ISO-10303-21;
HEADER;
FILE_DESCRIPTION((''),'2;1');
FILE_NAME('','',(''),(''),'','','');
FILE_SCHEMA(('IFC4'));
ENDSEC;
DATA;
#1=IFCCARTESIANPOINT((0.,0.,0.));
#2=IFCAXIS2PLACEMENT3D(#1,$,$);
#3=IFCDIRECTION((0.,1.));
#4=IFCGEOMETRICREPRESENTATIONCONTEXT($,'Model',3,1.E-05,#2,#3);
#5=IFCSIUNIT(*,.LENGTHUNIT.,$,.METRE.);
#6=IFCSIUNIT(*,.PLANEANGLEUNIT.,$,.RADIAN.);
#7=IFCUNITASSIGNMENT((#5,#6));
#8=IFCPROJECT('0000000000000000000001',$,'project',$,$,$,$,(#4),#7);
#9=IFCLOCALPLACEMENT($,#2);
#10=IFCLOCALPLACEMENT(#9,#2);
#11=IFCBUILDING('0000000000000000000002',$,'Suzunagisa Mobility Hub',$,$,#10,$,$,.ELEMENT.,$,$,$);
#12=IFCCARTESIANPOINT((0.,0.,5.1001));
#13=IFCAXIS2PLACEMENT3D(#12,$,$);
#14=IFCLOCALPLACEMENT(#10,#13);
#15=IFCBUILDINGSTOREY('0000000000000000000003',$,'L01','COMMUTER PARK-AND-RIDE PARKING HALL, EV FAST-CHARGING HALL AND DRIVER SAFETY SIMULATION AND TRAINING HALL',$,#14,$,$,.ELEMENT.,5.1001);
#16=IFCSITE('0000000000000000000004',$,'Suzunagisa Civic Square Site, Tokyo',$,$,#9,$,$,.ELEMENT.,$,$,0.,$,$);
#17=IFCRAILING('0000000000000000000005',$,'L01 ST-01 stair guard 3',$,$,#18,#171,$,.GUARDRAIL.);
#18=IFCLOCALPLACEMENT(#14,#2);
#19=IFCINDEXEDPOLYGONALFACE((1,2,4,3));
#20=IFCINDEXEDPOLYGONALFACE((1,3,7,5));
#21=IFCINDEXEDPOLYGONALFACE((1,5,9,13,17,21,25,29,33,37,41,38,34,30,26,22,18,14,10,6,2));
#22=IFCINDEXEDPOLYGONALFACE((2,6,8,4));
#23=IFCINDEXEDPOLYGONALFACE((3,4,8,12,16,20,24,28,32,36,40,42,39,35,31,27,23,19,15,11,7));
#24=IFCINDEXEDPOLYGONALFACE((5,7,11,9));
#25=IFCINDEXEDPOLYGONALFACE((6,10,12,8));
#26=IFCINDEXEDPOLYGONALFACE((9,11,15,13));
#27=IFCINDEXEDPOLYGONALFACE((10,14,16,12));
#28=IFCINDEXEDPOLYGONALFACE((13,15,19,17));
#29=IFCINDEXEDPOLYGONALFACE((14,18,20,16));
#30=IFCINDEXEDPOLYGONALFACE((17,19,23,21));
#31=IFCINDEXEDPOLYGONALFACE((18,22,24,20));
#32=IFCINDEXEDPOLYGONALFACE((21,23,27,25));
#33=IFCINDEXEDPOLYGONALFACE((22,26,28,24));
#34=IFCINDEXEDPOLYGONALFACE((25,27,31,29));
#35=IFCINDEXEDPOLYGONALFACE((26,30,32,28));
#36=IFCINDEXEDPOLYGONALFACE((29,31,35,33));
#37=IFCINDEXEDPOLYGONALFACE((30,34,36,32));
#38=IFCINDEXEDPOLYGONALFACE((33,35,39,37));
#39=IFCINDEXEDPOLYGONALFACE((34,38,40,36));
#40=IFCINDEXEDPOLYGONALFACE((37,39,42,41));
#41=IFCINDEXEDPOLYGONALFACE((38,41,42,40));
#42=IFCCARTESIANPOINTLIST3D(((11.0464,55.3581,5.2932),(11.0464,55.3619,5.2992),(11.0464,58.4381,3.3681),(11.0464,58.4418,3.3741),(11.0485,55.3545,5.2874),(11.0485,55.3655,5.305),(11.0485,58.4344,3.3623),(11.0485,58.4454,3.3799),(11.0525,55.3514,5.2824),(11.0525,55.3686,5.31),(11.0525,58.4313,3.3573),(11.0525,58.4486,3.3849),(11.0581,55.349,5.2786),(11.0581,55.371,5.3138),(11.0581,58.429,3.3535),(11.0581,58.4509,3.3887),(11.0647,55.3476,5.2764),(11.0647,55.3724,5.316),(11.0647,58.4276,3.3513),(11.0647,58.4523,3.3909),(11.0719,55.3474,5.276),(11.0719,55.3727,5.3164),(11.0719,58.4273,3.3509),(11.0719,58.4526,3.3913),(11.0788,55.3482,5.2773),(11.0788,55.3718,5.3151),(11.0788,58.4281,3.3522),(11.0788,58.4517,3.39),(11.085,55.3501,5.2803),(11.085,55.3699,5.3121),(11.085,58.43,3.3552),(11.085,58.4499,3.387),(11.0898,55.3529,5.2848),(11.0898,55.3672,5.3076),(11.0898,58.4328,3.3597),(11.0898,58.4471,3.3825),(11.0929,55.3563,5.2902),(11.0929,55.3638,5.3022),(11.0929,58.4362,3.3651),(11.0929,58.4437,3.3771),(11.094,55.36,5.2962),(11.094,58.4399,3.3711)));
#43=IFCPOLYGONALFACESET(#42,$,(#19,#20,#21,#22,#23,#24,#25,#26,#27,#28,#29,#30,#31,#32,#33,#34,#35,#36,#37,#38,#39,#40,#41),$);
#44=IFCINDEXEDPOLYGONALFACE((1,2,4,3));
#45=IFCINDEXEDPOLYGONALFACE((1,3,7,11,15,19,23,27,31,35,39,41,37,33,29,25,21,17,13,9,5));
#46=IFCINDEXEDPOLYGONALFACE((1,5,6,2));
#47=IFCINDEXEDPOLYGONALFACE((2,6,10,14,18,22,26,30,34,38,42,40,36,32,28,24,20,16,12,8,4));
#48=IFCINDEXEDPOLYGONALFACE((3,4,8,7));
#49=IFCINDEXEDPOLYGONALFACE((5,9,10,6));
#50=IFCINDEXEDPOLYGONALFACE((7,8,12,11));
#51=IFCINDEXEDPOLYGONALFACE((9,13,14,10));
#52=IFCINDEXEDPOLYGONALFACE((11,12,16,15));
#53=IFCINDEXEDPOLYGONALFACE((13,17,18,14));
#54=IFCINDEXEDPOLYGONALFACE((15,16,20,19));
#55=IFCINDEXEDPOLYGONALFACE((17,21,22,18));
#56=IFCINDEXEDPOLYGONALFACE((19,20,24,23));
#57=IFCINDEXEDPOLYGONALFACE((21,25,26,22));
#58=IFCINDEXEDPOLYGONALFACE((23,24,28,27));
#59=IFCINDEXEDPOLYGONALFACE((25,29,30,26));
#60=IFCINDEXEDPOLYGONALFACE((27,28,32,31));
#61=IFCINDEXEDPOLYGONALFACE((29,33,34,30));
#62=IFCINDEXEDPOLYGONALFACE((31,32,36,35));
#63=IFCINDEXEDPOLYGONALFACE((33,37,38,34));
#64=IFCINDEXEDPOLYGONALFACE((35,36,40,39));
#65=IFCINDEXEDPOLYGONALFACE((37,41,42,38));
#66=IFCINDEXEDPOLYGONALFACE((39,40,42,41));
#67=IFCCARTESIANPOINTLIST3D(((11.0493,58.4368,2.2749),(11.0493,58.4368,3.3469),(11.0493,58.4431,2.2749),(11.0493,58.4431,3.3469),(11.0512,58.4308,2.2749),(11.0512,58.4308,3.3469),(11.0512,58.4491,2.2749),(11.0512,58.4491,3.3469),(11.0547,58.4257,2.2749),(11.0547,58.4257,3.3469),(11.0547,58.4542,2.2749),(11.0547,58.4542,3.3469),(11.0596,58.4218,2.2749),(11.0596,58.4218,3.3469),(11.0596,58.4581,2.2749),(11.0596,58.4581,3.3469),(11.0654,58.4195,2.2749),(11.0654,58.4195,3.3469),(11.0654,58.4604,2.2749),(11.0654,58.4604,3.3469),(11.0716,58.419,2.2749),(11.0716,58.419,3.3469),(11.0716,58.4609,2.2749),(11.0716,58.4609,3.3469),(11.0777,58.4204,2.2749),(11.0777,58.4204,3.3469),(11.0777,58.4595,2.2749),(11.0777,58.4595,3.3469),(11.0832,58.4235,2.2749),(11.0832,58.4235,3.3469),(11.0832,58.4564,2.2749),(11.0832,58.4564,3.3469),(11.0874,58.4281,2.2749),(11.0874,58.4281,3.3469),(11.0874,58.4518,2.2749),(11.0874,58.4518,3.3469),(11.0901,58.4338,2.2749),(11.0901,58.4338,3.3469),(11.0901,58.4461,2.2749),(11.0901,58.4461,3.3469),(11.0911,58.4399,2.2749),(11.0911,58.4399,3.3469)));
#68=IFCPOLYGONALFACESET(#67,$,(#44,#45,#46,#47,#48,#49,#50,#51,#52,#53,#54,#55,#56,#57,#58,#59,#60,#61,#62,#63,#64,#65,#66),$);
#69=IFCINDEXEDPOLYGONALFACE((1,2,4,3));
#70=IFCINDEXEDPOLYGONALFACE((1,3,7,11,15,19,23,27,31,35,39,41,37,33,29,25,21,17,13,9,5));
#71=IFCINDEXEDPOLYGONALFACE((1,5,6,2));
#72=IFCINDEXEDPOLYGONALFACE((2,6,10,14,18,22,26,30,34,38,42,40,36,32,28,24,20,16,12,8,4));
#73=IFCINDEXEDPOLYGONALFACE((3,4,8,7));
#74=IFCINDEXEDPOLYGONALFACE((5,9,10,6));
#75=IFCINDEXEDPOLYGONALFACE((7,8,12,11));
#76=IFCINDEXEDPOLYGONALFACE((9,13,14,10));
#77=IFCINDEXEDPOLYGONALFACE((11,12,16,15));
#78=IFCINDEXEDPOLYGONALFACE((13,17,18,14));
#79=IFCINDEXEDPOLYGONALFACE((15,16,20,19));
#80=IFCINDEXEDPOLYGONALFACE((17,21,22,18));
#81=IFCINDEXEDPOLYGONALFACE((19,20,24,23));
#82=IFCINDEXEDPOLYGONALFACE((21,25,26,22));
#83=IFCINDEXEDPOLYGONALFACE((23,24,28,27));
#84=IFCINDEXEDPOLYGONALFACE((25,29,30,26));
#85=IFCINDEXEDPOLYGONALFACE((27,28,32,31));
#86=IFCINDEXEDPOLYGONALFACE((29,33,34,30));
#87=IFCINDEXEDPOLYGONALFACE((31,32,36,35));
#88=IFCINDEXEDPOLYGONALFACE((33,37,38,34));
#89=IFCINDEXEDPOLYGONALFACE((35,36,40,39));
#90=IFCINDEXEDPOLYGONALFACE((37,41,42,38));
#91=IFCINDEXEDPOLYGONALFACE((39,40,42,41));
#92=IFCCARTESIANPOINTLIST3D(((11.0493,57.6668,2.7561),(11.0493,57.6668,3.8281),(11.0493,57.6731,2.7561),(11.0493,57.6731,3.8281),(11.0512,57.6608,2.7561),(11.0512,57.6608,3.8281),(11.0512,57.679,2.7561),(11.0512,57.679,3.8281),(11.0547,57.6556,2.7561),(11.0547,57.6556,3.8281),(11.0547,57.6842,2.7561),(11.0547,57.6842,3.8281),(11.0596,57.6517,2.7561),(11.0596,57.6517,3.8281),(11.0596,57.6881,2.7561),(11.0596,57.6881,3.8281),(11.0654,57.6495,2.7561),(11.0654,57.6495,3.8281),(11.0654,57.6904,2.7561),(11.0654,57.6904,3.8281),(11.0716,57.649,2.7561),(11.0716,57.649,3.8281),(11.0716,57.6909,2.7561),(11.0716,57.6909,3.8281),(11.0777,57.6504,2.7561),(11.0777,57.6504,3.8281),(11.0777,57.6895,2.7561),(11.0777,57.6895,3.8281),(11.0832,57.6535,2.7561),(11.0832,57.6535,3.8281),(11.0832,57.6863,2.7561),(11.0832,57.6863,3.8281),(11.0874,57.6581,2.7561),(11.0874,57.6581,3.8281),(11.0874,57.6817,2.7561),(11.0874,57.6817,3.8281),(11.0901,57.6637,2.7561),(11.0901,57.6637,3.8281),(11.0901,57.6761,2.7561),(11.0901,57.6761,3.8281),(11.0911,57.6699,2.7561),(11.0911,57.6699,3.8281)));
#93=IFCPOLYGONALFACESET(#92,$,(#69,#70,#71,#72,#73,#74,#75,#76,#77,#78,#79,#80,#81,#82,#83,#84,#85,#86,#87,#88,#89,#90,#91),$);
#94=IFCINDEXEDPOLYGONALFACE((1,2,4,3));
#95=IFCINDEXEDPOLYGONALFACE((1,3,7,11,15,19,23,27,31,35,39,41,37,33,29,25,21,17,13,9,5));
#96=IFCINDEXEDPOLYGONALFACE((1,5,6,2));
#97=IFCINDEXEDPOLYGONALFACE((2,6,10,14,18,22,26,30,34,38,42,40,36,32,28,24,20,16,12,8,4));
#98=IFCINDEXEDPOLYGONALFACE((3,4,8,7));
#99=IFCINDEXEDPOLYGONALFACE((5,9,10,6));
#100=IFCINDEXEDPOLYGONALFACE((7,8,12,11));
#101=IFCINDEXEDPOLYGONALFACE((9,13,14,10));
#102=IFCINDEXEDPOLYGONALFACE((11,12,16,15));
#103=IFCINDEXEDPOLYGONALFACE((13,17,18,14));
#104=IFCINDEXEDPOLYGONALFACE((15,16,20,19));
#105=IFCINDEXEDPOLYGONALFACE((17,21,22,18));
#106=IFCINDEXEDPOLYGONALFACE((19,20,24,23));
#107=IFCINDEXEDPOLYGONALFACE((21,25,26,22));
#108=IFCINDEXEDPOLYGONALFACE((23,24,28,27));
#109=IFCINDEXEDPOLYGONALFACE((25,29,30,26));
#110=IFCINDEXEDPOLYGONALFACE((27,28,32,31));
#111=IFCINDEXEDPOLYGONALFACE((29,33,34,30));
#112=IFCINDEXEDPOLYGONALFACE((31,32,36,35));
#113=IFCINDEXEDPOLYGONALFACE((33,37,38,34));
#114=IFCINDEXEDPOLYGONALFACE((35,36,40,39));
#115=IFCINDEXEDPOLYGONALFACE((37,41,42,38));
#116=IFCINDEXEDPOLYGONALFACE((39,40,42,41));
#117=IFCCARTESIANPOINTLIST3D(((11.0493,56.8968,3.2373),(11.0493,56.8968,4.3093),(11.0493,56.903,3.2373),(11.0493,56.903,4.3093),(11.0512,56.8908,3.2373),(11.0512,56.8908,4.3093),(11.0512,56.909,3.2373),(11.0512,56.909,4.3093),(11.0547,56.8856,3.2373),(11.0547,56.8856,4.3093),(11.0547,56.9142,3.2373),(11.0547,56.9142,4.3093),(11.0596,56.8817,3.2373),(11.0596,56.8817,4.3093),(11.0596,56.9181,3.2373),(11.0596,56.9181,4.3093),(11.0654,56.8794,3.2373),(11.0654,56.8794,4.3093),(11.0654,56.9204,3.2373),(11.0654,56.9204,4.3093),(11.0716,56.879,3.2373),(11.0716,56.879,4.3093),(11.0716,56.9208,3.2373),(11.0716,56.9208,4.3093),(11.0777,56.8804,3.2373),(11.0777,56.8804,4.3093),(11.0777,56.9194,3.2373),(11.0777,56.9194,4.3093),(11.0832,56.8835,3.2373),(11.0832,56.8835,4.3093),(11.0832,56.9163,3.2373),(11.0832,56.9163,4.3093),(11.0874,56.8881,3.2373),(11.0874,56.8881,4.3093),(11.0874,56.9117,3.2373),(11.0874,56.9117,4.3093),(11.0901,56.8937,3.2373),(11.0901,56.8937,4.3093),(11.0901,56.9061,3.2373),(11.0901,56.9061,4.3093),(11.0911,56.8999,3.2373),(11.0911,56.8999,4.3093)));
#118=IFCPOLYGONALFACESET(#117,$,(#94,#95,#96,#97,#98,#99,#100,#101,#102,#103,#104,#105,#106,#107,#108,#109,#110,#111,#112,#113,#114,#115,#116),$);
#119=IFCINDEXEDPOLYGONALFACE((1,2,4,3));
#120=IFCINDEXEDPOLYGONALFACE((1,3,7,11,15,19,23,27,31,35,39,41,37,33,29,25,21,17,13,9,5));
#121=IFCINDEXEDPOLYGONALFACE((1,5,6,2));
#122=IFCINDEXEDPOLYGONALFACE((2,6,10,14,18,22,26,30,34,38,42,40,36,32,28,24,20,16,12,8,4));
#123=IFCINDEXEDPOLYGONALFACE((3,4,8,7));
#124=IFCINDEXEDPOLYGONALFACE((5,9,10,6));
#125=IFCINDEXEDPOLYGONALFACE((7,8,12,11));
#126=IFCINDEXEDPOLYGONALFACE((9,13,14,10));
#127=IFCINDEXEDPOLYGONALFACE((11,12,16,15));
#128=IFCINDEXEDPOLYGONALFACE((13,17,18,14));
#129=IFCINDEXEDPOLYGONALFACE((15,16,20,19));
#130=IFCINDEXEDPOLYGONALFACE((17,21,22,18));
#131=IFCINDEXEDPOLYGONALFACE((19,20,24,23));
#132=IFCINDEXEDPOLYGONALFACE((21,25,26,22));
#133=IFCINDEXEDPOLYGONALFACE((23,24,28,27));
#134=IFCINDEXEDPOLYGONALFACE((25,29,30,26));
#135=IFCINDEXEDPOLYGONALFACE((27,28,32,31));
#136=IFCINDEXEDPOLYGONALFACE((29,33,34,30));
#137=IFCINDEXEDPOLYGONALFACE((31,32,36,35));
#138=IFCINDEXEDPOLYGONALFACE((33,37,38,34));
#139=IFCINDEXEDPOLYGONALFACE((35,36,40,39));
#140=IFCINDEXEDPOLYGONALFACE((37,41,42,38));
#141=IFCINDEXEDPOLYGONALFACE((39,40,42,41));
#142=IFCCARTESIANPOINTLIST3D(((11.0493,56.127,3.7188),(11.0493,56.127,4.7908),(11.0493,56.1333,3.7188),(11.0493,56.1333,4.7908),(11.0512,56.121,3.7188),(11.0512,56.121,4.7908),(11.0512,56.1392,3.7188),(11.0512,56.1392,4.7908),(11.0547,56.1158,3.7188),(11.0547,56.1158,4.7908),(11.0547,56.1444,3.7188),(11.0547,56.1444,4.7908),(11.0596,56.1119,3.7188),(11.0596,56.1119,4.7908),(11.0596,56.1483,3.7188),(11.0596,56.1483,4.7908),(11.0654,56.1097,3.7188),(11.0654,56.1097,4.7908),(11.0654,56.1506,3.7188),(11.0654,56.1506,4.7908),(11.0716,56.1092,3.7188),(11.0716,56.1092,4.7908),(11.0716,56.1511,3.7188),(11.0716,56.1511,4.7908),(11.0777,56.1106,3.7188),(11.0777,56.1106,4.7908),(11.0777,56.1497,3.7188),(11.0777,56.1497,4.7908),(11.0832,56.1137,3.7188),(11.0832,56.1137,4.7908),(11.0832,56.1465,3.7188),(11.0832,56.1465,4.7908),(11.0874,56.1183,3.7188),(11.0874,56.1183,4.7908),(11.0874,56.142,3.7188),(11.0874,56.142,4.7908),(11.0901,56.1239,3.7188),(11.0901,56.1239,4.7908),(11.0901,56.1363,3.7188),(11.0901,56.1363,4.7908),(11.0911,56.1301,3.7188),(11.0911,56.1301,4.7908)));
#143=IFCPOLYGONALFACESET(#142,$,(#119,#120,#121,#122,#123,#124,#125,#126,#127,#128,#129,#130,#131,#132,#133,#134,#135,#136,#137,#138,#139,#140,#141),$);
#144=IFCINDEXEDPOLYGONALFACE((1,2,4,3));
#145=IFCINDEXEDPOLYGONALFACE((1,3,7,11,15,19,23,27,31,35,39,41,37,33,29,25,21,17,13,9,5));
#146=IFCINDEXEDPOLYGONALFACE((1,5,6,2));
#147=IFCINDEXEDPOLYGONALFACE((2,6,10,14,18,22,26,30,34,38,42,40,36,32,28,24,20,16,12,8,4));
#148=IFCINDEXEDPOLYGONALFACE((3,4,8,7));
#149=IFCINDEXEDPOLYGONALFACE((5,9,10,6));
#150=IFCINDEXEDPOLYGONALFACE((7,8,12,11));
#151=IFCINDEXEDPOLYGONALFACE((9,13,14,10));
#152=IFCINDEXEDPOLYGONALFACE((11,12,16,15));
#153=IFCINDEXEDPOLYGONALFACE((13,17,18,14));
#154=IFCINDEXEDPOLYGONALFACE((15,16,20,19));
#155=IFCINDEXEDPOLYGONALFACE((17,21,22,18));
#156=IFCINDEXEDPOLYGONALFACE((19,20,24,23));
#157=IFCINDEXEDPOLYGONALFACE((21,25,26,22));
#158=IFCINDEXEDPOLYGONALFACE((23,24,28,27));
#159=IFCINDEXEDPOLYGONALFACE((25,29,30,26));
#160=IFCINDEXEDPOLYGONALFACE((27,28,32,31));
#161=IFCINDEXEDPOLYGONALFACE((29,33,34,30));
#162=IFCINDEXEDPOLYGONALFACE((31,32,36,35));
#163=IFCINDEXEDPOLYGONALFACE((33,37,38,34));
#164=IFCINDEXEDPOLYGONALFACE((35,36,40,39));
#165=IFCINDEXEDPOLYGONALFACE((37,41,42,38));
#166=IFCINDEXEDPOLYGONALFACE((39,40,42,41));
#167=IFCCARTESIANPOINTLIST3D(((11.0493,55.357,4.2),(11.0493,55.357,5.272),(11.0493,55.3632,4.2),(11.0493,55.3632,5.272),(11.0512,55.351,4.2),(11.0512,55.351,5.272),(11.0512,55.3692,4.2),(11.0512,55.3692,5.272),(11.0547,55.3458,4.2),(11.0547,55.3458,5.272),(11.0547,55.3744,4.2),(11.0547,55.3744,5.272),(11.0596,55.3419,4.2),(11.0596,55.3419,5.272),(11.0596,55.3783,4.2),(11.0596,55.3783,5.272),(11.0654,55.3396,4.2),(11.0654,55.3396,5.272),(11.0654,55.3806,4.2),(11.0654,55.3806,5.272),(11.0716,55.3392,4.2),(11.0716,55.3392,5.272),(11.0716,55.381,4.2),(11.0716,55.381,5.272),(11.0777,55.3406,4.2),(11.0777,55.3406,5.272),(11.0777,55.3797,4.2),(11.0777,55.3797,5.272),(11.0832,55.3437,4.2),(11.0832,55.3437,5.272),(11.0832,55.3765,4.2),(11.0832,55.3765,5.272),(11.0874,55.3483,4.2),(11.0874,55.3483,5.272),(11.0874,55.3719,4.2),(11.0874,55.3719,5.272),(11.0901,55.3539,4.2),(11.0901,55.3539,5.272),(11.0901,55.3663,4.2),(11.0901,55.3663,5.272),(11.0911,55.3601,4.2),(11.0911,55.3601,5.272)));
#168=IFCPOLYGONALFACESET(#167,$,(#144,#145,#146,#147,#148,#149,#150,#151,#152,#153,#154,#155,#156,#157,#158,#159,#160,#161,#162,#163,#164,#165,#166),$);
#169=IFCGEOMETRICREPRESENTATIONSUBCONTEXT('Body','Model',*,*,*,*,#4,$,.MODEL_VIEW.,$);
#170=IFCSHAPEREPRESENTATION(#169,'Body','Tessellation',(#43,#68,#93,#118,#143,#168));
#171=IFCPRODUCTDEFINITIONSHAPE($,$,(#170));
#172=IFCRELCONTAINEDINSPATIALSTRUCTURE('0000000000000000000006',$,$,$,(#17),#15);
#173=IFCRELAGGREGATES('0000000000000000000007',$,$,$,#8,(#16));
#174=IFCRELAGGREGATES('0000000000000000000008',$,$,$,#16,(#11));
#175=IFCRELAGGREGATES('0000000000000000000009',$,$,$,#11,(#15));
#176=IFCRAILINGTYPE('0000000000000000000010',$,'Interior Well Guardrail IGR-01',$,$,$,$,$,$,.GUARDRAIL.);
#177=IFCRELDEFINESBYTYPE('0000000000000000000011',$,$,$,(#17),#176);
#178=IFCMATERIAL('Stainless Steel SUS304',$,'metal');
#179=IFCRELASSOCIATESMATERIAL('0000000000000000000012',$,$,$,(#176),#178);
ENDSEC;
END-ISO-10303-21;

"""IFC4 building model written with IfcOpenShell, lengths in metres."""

from ifc_helpers import new_model, si_unit, direction, frame, origin, origin_2d, place, context, subcontext, project, spatial, circle, extrude, material, type_object, element, save


model = new_model("IFC4")

# Units and contexts
model_context = context("Model", 3, precision=1e-05, world=origin(), true_north=direction((0.0, 1.0)))
body_context = subcontext(model_context, "Body", "Model", "MODEL_VIEW")
ifc_project = project(units=[si_unit("LENGTHUNIT", "METRE"), si_unit("PLANEANGLEUNIT", "RADIAN")], contexts=[model_context])

# Site, building, storey
site_placement = place(None, origin())
site = spatial("IfcSite", under=ifc_project, at=site_placement, Name="Suzunagisa Civic Square Site, Tokyo", CompositionType="ELEMENT", RefElevation=0.0)
building_placement = place(site_placement, origin())
building = spatial("IfcBuilding", under=site, at=building_placement, Name="Suzunagisa Mobility Hub", CompositionType="ELEMENT")
storey_placement = place(building_placement, frame((0.0, 0.0, 5.1001)))
storey = spatial("IfcBuildingStorey", under=building, at=storey_placement, Name="L01", Description="COMMUTER PARK-AND-RIDE PARKING HALL, EV FAST-CHARGING HALL AND DRIVER SAFETY SIMULATION AND TRAINING HALL", CompositionType="ELEMENT", Elevation=5.1001)

# Railing
ifc_material_1 = material(Name="Stainless Steel SUS304", Category="metal")
railing_type_1 = type_object("IfcRailingType", Name="Interior Well Guardrail IGR-01", PredefinedType="GUARDRAIL", material=ifc_material_1)
railing_1_placement = place(storey_placement, frame((11.0701, 58.4399, 2.2749)))
element("IfcRailing", 1, at=railing_1_placement, inside=storey, type_object=railing_type_1, Name="L01 ST-01 stair guard 3", PredefinedType="GUARDRAIL", context=body_context, shape_type="SweptSolid", body=[
    extrude(circle(Radius=0.0239, at=origin_2d()), frame((0.0, 0.0, 1.0962), z_axis=(0.0, -0.847979, 0.530029), x_axis=(1.0, 0.0, 0.0)), (0.0, 0.0, 1.0), 3.6321),
    extrude(circle(Radius=0.021, at=origin_2d()), origin(), (0.0, 0.0, 1.0), 1.072),
    extrude(circle(Radius=0.021, at=origin_2d()), frame((0.0, -0.77, 0.4812)), (0.0, 0.0, 1.0), 1.072),
    extrude(circle(Radius=0.021, at=origin_2d()), frame((0.0, -1.54, 0.9624)), (0.0, 0.0, 1.0), 1.072),
    extrude(circle(Radius=0.021, at=origin_2d()), frame((0.0, -2.3098, 1.4438)), (0.0, 0.0, 1.0), 1.072),
    extrude(circle(Radius=0.021, at=origin_2d()), frame((0.0, -3.0798, 1.925)), (0.0, 0.0, 1.0), 1.072),
])

save(model, "model.ifc")
